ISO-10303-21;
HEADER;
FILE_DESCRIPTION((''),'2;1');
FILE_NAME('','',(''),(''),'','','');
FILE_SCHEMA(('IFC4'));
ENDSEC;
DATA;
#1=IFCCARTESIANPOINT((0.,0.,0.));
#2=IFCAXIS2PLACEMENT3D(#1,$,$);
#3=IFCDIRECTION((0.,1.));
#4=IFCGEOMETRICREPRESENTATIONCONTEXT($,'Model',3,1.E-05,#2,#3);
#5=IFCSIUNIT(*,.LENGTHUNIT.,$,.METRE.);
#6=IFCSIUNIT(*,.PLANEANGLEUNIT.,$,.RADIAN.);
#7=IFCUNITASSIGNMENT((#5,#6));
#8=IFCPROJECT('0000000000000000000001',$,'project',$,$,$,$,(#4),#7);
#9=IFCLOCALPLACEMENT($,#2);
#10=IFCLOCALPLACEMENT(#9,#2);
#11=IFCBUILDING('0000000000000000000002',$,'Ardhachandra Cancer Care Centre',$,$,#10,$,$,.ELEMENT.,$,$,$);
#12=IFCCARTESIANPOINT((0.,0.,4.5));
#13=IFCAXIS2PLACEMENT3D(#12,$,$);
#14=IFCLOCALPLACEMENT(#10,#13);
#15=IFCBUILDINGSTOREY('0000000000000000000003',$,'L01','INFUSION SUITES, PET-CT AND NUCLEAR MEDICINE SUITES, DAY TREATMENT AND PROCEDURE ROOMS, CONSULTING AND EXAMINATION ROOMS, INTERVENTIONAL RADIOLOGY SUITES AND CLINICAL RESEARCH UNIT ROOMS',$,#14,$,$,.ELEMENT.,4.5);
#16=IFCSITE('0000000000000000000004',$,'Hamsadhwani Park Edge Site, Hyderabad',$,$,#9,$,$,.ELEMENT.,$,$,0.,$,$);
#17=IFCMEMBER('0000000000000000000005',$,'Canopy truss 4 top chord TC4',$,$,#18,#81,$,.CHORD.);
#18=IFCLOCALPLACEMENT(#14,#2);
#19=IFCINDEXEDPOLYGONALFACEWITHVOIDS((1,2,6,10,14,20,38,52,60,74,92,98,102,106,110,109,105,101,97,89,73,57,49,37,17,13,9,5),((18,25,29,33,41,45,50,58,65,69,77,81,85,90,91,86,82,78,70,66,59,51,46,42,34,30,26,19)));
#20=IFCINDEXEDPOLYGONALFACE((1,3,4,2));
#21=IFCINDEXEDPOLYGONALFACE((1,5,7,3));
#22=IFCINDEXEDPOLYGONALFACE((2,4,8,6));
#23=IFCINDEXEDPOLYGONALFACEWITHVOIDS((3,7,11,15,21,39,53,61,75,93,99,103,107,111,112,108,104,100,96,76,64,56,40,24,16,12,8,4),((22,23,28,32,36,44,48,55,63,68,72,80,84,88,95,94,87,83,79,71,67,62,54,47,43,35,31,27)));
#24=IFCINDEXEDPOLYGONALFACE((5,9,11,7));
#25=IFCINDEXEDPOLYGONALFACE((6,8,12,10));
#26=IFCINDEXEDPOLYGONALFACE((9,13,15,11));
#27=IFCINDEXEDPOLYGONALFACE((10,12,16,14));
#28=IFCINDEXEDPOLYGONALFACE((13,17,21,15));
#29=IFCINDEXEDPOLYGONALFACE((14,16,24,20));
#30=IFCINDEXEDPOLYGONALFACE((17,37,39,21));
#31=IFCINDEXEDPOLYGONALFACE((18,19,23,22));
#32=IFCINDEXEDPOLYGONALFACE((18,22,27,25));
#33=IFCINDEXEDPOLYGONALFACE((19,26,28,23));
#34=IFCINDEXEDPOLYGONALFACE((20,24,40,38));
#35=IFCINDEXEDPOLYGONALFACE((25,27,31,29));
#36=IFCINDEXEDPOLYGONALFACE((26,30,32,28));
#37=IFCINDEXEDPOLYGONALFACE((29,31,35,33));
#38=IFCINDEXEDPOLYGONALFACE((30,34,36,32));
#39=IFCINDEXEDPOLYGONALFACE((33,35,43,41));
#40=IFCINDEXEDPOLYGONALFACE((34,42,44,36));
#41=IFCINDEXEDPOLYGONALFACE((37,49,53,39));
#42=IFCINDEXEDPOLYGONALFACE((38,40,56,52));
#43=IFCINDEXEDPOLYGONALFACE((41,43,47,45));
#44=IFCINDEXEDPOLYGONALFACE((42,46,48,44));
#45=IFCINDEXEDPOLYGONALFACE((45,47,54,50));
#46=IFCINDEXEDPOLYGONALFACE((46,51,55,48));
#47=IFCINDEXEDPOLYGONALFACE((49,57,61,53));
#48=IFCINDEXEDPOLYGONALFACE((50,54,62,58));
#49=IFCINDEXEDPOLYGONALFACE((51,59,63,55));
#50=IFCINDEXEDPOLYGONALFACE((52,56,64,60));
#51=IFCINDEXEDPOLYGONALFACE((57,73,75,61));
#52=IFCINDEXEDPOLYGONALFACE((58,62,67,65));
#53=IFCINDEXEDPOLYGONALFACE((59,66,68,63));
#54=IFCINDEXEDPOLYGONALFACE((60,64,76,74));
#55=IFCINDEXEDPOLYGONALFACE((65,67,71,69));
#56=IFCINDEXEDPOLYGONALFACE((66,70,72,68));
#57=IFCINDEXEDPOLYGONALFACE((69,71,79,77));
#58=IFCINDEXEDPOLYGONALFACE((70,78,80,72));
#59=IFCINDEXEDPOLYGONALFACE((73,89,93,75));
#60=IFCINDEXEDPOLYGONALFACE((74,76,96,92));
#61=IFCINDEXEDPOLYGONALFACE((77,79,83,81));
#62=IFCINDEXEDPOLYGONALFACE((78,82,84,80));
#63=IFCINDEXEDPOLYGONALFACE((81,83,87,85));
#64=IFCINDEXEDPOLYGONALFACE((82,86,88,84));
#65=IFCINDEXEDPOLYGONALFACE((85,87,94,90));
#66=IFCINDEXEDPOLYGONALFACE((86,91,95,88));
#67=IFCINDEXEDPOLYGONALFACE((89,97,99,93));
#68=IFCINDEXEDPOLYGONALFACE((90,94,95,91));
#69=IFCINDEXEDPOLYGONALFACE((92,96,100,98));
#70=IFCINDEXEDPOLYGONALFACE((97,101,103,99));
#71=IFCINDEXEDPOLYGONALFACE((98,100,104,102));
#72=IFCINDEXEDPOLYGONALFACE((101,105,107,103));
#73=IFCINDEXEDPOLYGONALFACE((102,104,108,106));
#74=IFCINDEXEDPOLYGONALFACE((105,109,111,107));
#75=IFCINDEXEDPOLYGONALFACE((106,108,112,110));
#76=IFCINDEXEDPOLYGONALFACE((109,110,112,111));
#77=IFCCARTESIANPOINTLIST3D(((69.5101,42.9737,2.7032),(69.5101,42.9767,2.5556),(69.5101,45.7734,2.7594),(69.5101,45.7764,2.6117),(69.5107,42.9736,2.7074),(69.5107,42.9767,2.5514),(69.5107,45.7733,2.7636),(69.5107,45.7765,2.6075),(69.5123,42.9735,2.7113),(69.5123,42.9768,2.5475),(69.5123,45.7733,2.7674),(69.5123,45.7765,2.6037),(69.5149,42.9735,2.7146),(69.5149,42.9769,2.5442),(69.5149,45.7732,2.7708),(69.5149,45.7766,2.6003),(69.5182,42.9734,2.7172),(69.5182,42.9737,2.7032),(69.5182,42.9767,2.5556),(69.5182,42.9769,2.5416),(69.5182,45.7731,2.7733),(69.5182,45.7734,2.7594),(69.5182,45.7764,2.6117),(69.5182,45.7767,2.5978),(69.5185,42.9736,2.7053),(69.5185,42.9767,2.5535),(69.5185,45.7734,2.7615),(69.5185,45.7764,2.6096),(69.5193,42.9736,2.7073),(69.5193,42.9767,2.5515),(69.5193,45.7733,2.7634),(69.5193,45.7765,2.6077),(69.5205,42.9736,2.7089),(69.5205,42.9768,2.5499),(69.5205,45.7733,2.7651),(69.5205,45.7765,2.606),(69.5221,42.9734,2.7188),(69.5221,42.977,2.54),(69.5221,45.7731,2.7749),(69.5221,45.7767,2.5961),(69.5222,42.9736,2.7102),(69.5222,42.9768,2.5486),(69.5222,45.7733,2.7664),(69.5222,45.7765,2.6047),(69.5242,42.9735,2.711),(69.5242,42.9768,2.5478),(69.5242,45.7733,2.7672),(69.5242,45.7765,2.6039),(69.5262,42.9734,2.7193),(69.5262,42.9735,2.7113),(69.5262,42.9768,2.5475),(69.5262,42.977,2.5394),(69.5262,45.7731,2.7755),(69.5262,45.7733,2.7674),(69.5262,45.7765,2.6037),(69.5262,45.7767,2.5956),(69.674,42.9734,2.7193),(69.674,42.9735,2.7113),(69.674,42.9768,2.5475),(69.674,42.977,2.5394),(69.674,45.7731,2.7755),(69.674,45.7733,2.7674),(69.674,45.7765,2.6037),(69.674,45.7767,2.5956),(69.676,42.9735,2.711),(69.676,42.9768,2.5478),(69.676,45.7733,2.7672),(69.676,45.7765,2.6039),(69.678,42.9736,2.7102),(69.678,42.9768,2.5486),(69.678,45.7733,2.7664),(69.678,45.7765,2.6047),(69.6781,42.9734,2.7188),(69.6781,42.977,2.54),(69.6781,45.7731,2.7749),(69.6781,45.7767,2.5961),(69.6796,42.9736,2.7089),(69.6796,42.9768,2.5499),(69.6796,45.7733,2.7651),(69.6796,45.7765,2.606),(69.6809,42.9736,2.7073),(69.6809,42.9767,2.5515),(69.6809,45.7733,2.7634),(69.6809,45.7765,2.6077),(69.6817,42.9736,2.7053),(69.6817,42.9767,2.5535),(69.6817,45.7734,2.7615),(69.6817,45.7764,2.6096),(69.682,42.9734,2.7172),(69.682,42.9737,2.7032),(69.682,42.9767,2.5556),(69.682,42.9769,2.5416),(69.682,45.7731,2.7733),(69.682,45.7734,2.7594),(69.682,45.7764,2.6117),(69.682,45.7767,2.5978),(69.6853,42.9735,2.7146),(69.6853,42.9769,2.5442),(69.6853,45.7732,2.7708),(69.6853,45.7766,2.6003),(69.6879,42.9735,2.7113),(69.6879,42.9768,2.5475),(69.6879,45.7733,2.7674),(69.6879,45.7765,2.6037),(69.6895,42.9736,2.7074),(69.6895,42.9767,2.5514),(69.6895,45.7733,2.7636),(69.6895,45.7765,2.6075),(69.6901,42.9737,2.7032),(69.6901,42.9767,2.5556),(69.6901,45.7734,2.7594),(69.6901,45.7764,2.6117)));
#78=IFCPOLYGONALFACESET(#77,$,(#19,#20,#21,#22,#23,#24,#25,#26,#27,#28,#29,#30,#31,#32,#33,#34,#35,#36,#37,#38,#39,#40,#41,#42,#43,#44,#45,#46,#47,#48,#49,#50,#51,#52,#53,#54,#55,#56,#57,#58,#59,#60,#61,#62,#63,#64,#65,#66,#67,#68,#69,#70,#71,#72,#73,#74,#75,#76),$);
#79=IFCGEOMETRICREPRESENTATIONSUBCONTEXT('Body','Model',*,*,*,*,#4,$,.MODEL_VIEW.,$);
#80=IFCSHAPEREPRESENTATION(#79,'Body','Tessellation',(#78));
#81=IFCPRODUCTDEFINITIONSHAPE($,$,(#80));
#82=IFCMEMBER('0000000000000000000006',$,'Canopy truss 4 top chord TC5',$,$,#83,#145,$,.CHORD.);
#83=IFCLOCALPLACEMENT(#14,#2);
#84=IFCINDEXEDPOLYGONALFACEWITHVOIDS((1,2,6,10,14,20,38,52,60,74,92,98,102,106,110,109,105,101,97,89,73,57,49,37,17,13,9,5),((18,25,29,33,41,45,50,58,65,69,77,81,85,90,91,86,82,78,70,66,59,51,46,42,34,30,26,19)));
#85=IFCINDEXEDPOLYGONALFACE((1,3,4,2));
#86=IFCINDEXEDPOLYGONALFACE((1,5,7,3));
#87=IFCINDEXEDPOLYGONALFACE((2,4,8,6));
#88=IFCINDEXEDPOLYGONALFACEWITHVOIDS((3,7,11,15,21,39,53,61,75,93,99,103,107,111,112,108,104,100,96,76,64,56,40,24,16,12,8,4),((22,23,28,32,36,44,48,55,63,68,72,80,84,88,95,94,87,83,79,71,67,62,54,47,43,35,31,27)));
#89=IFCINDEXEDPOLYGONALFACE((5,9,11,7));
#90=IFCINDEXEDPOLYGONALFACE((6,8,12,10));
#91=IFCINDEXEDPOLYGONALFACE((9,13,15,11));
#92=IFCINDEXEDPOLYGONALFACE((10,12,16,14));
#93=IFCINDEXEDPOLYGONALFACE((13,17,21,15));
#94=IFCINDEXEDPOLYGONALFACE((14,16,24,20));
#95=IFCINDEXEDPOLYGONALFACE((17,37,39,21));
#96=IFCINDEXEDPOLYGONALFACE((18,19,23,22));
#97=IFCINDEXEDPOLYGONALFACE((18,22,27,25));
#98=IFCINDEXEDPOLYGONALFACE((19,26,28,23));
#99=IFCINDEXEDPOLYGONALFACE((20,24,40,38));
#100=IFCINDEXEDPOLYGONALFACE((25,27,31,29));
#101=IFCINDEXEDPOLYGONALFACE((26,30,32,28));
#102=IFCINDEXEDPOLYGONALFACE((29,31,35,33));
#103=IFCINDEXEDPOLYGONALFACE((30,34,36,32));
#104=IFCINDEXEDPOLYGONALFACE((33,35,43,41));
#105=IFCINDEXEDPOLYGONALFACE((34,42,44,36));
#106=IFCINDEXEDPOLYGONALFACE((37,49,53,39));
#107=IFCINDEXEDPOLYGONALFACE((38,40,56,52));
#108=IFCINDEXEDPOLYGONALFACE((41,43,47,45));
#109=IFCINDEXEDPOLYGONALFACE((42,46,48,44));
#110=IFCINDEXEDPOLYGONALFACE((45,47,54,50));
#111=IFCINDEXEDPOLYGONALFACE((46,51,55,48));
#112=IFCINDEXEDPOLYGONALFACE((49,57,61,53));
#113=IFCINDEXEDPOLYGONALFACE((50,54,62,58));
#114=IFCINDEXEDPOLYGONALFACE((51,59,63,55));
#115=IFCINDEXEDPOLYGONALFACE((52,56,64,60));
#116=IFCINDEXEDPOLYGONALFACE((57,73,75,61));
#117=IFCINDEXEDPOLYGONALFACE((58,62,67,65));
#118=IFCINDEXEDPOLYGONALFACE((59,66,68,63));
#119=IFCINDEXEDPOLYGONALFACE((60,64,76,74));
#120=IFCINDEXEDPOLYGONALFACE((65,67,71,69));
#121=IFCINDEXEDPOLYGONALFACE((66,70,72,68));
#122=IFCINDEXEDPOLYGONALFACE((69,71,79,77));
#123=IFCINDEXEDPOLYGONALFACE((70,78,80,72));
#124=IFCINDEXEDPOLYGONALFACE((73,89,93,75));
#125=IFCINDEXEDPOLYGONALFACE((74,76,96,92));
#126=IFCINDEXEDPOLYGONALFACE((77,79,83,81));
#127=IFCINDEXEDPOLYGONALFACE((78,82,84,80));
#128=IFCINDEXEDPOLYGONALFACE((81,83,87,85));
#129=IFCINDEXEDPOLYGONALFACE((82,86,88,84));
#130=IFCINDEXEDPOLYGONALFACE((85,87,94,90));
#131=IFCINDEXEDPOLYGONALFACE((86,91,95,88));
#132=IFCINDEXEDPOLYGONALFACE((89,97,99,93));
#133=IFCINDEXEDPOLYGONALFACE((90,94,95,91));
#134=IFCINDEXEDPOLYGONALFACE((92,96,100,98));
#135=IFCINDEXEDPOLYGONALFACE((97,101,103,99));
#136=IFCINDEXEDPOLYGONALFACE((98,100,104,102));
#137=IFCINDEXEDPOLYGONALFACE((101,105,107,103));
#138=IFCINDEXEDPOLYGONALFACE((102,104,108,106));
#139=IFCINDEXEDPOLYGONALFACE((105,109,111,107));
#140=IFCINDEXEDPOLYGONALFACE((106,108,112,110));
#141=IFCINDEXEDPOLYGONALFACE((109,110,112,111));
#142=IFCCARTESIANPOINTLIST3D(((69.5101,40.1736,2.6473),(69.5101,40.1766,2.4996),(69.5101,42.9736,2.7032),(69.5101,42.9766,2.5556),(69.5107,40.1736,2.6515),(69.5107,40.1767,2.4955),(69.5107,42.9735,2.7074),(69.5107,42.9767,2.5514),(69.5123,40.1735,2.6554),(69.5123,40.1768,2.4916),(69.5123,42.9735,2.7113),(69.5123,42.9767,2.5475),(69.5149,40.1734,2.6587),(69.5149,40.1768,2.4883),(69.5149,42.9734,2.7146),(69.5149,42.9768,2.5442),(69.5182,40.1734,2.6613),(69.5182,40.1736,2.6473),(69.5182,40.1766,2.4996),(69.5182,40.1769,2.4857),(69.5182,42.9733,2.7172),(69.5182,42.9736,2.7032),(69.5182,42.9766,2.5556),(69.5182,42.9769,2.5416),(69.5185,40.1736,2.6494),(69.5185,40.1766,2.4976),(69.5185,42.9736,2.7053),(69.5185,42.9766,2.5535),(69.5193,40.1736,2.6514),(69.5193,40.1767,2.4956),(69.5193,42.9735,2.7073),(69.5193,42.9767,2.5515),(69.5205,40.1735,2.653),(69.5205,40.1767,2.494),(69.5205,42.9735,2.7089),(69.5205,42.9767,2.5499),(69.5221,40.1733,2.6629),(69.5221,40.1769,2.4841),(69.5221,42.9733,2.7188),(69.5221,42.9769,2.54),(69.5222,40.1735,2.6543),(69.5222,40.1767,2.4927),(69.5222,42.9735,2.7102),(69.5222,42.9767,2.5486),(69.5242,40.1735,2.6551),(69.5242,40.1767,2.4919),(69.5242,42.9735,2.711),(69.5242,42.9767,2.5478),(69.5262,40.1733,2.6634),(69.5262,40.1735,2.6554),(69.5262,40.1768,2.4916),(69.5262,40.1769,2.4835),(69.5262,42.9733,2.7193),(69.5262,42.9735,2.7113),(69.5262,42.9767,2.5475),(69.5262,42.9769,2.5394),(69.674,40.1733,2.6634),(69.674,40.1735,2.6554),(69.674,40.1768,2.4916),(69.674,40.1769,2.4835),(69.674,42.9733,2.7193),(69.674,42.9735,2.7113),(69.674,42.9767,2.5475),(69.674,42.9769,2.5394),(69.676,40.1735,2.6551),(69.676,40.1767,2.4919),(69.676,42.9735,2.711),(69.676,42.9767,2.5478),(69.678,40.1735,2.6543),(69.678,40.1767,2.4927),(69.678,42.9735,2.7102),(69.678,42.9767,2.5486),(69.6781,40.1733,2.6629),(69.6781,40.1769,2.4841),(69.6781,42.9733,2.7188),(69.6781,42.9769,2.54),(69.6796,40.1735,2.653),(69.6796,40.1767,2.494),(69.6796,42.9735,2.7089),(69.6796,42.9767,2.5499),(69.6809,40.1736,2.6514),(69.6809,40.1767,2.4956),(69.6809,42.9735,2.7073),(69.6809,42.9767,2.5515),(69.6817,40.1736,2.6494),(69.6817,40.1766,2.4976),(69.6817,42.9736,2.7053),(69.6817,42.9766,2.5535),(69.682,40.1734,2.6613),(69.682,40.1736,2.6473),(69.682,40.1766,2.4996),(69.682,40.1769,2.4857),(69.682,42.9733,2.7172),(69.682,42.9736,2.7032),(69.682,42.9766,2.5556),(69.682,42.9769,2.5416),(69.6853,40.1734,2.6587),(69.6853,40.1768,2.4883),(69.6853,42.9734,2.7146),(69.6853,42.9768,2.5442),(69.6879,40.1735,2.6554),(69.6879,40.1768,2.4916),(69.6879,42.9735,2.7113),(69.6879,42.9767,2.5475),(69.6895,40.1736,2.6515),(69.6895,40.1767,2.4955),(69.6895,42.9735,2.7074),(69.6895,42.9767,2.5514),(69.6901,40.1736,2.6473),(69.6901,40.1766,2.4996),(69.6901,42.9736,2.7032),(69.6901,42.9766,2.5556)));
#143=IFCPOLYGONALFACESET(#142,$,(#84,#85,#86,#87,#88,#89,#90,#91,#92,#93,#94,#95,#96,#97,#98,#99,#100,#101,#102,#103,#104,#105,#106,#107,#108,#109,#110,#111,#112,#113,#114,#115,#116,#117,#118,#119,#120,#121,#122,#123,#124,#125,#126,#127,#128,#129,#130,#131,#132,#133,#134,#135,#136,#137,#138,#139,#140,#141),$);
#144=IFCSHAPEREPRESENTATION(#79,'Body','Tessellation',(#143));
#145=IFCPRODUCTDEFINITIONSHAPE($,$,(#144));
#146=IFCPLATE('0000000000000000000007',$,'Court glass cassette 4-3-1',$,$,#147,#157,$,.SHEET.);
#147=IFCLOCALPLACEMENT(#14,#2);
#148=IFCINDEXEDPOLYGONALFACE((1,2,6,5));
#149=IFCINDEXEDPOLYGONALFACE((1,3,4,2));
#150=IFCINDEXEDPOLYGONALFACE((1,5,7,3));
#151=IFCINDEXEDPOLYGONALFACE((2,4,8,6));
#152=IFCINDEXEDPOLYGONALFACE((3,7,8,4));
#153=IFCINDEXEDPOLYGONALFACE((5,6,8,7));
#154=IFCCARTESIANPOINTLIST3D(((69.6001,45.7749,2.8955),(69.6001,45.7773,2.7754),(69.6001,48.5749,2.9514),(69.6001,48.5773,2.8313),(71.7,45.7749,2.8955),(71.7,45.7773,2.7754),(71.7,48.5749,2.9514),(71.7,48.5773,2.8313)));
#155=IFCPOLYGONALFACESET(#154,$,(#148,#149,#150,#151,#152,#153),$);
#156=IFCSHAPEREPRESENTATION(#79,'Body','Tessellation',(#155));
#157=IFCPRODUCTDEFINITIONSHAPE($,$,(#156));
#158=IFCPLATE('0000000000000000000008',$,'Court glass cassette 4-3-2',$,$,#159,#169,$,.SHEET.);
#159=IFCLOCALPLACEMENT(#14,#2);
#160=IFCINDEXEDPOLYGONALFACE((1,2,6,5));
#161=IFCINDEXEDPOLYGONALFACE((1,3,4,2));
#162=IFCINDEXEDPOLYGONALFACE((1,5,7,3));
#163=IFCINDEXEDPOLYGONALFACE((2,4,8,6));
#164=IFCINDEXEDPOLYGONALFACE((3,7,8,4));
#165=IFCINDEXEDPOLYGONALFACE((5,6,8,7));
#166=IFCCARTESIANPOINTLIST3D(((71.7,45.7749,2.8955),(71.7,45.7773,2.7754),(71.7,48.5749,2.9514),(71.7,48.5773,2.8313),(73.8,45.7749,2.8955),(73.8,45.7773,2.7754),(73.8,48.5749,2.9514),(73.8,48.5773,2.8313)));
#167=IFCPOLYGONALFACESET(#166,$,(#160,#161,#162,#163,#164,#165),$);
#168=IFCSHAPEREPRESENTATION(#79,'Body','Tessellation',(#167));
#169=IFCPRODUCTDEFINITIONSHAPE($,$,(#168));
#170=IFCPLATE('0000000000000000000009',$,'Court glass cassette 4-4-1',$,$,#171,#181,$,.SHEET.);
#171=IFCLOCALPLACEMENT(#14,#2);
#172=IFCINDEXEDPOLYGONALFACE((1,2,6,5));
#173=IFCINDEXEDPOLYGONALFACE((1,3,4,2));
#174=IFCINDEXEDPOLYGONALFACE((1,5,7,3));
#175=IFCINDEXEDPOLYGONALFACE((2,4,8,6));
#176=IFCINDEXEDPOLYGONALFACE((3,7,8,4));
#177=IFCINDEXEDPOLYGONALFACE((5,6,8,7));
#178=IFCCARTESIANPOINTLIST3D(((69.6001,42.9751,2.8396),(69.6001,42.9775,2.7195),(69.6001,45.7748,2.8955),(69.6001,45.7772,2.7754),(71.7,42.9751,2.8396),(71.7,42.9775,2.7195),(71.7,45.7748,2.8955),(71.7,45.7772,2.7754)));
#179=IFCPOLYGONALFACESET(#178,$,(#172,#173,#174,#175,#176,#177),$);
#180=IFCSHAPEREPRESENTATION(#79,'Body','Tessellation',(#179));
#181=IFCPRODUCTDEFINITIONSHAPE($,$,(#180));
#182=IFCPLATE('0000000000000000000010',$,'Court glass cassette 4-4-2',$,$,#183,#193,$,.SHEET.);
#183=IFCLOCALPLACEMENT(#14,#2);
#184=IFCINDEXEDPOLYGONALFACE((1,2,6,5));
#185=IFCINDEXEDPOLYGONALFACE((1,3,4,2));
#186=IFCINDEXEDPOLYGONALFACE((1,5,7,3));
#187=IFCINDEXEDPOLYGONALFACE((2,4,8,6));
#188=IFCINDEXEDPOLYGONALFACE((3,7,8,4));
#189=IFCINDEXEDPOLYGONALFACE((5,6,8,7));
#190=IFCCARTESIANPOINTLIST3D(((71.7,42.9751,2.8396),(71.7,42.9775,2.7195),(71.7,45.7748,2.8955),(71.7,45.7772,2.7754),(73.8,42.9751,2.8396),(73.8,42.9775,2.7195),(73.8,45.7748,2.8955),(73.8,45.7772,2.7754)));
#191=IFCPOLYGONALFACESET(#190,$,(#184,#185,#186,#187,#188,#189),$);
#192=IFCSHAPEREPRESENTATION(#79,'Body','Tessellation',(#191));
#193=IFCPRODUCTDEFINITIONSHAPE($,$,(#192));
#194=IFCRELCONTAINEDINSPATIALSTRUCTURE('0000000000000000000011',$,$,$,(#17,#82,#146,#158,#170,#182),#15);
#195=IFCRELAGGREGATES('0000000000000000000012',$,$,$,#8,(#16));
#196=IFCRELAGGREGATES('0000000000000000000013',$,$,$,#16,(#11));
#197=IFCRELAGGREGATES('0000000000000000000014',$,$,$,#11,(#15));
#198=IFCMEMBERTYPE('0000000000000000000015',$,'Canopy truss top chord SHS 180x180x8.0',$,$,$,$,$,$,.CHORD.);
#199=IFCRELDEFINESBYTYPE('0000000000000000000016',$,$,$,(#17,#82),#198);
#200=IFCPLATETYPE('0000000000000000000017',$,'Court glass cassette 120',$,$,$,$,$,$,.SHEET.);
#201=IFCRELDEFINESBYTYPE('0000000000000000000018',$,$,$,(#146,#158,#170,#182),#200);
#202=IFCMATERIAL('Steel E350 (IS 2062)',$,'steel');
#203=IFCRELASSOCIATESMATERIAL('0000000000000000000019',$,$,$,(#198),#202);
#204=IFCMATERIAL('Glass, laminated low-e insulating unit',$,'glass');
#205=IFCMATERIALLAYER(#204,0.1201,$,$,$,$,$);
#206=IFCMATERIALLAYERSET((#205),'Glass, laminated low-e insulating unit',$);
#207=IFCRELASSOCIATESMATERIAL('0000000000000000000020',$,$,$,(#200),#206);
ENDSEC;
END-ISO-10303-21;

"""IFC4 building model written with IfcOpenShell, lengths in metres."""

from ifc_helpers import new_model, si_unit, direction, frame, origin, origin_2d, place, context, subcontext, project, spatial, polyline, hollow_rectangle, outline, extrude, material, layer, layer_set, material_profile, profile_set, type_object, element, save


model = new_model("IFC4")

# Units and contexts
model_context = context("Model", 3, precision=1e-05, world=origin(), true_north=direction((0.0, 1.0)))
body_context = subcontext(model_context, "Body", "Model", "MODEL_VIEW")
ifc_project = project(units=[si_unit("LENGTHUNIT", "METRE"), si_unit("PLANEANGLEUNIT", "RADIAN")], contexts=[model_context])

# Site, building, storey
site_placement = place(None, origin())
site = spatial("IfcSite", under=ifc_project, at=site_placement, Name="Hamsadhwani Park Edge Site, Hyderabad", CompositionType="ELEMENT", RefElevation=0.0)
building_placement = place(site_placement, origin())
building = spatial("IfcBuilding", under=site, at=building_placement, Name="Ardhachandra Cancer Care Centre", CompositionType="ELEMENT")
storey_placement = place(building_placement, frame((0.0, 0.0, 4.5)))
storey = spatial("IfcBuildingStorey", under=building, at=storey_placement, Name="L01", Description="INFUSION SUITES, PET-CT AND NUCLEAR MEDICINE SUITES, DAY TREATMENT AND PROCEDURE ROOMS, CONSULTING AND EXAMINATION ROOMS, INTERVENTIONAL RADIOLOGY SUITES AND CLINICAL RESEARCH UNIT ROOMS", CompositionType="ELEMENT", Elevation=4.5)

# Members
ifc_material_1 = material(Name="Steel E350 (IS 2062)", Category="steel")
ifc_material_profile_1 = material_profile(ifc_material_1, hollow_rectangle(XDim=0.1799, YDim=0.1799, WallThickness=0.0081, InnerFilletRadius=0.0081, OuterFilletRadius=0.0161, at=origin_2d()), Name="SHS 180x180x8.0")
ifc_profile_set_1 = profile_set([ifc_material_profile_1], Name="Steel E350 (IS 2062)")
member_type_1 = type_object("IfcMemberType", Name="Canopy truss top chord SHS 180x180x8.0", PredefinedType="CHORD", material=ifc_profile_set_1)
member_1_placement = place(storey_placement, frame((69.6001, 45.7749, 2.6855), z_axis=(0.0, -0.999799, -0.020052), x_axis=(1.0, 0.0, 0.0)))
element("IfcMember", 1, at=member_1_placement, inside=storey, type_object=member_type_1, Name="Canopy truss 4 top chord TC4", PredefinedType="CHORD", context=body_context, shape_type="SweptSolid", body=[
    extrude(hollow_rectangle(XDim=0.1799, YDim=0.1799, WallThickness=0.0081, InnerFilletRadius=0.0081, OuterFilletRadius=0.0161, at=origin_2d()), origin(), (0.0, 0.0, 1.0), 2.8003),
])
member_2_placement = place(storey_placement, frame((69.6001, 42.9751, 2.6294), z_axis=(0.0, -0.999801, -0.019963), x_axis=(1.0, 0.0, 0.0)))
element("IfcMember", 2, at=member_2_placement, inside=storey, type_object=member_type_1, Name="Canopy truss 4 top chord TC5", PredefinedType="CHORD", context=body_context, shape_type="SweptSolid", body=[
    extrude(hollow_rectangle(XDim=0.1799, YDim=0.1799, WallThickness=0.0081, InnerFilletRadius=0.0081, OuterFilletRadius=0.0161, at=origin_2d()), origin(), (0.0, 0.0, 1.0), 2.8005),
])

# Plates
ifc_material_2 = material(Name="Glass, laminated low-e insulating unit", Category="glass")
ifc_layer = layer(ifc_material_2, 0.1201)
ifc_layer_set = layer_set([ifc_layer], Name="Glass, laminated low-e insulating unit")
plate_type = type_object("IfcPlateType", Name="Court glass cassette 120", PredefinedType="SHEET", material=ifc_layer_set)
plate_1_placement = place(storey_placement, frame((69.6001, 45.7749, 2.8955), z_axis=(0.0, -0.019963, 0.999801), x_axis=(0.0, 0.999801, 0.019963)))
element("IfcPlate", 3, at=plate_1_placement, inside=storey, type_object=plate_type, Name="Court glass cassette 4-3-1", PredefinedType="SHEET", context=body_context, shape_type="SweptSolid", body=[
    extrude(outline(polyline([(0.0, -2.0999), (2.8005, -2.0999), (2.8005, 0.0), (0.0, 0.0), (0.0, -2.0999)])), frame((0.0, 0.0, -0.1201)), (0.0, 0.0, 1.0), 0.1201),
])
plate_2_placement = place(storey_placement, frame((71.7, 45.7749, 2.8955), z_axis=(0.0, -0.019963, 0.999801), x_axis=(0.0, 0.999801, 0.019963)))
element("IfcPlate", 4, at=plate_2_placement, inside=storey, type_object=plate_type, Name="Court glass cassette 4-3-2", PredefinedType="SHEET", context=body_context, shape_type="SweptSolid", body=[
    extrude(outline(polyline([(0.0, -2.1001), (2.8005, -2.1001), (2.8005, 0.0), (0.0, 0.0), (0.0, -2.1001)])), frame((0.0, 0.0, -0.1201)), (0.0, 0.0, 1.0), 0.1201),
])
plate_3_placement = place(storey_placement, frame((69.6001, 42.9751, 2.8396), z_axis=(0.0, -0.019965, 0.999801), x_axis=(0.0, 0.999801, 0.019965)))
element("IfcPlate", 5, at=plate_3_placement, inside=storey, type_object=plate_type, Name="Court glass cassette 4-4-1", PredefinedType="SHEET", context=body_context, shape_type="SweptSolid", body=[
    extrude(outline(polyline([(0.0, -2.0999), (2.8003, -2.0999), (2.8003, 0.0), (0.0, 0.0), (0.0, -2.0999)])), frame((0.0, 0.0, -0.1201)), (0.0, 0.0, 1.0), 0.1201),
])
plate_4_placement = place(storey_placement, frame((71.7, 42.9751, 2.8396), z_axis=(0.0, -0.019965, 0.999801), x_axis=(0.0, 0.999801, 0.019965)))
element("IfcPlate", 6, at=plate_4_placement, inside=storey, type_object=plate_type, Name="Court glass cassette 4-4-2", PredefinedType="SHEET", context=body_context, shape_type="SweptSolid", body=[
    extrude(outline(polyline([(0.0, -2.1001), (2.8003, -2.1001), (2.8003, 0.0), (0.0, 0.0), (0.0, -2.1001)])), frame((0.0, 0.0, -0.1201)), (0.0, 0.0, 1.0), 0.1201),
])

save(model, "model.ifc")
